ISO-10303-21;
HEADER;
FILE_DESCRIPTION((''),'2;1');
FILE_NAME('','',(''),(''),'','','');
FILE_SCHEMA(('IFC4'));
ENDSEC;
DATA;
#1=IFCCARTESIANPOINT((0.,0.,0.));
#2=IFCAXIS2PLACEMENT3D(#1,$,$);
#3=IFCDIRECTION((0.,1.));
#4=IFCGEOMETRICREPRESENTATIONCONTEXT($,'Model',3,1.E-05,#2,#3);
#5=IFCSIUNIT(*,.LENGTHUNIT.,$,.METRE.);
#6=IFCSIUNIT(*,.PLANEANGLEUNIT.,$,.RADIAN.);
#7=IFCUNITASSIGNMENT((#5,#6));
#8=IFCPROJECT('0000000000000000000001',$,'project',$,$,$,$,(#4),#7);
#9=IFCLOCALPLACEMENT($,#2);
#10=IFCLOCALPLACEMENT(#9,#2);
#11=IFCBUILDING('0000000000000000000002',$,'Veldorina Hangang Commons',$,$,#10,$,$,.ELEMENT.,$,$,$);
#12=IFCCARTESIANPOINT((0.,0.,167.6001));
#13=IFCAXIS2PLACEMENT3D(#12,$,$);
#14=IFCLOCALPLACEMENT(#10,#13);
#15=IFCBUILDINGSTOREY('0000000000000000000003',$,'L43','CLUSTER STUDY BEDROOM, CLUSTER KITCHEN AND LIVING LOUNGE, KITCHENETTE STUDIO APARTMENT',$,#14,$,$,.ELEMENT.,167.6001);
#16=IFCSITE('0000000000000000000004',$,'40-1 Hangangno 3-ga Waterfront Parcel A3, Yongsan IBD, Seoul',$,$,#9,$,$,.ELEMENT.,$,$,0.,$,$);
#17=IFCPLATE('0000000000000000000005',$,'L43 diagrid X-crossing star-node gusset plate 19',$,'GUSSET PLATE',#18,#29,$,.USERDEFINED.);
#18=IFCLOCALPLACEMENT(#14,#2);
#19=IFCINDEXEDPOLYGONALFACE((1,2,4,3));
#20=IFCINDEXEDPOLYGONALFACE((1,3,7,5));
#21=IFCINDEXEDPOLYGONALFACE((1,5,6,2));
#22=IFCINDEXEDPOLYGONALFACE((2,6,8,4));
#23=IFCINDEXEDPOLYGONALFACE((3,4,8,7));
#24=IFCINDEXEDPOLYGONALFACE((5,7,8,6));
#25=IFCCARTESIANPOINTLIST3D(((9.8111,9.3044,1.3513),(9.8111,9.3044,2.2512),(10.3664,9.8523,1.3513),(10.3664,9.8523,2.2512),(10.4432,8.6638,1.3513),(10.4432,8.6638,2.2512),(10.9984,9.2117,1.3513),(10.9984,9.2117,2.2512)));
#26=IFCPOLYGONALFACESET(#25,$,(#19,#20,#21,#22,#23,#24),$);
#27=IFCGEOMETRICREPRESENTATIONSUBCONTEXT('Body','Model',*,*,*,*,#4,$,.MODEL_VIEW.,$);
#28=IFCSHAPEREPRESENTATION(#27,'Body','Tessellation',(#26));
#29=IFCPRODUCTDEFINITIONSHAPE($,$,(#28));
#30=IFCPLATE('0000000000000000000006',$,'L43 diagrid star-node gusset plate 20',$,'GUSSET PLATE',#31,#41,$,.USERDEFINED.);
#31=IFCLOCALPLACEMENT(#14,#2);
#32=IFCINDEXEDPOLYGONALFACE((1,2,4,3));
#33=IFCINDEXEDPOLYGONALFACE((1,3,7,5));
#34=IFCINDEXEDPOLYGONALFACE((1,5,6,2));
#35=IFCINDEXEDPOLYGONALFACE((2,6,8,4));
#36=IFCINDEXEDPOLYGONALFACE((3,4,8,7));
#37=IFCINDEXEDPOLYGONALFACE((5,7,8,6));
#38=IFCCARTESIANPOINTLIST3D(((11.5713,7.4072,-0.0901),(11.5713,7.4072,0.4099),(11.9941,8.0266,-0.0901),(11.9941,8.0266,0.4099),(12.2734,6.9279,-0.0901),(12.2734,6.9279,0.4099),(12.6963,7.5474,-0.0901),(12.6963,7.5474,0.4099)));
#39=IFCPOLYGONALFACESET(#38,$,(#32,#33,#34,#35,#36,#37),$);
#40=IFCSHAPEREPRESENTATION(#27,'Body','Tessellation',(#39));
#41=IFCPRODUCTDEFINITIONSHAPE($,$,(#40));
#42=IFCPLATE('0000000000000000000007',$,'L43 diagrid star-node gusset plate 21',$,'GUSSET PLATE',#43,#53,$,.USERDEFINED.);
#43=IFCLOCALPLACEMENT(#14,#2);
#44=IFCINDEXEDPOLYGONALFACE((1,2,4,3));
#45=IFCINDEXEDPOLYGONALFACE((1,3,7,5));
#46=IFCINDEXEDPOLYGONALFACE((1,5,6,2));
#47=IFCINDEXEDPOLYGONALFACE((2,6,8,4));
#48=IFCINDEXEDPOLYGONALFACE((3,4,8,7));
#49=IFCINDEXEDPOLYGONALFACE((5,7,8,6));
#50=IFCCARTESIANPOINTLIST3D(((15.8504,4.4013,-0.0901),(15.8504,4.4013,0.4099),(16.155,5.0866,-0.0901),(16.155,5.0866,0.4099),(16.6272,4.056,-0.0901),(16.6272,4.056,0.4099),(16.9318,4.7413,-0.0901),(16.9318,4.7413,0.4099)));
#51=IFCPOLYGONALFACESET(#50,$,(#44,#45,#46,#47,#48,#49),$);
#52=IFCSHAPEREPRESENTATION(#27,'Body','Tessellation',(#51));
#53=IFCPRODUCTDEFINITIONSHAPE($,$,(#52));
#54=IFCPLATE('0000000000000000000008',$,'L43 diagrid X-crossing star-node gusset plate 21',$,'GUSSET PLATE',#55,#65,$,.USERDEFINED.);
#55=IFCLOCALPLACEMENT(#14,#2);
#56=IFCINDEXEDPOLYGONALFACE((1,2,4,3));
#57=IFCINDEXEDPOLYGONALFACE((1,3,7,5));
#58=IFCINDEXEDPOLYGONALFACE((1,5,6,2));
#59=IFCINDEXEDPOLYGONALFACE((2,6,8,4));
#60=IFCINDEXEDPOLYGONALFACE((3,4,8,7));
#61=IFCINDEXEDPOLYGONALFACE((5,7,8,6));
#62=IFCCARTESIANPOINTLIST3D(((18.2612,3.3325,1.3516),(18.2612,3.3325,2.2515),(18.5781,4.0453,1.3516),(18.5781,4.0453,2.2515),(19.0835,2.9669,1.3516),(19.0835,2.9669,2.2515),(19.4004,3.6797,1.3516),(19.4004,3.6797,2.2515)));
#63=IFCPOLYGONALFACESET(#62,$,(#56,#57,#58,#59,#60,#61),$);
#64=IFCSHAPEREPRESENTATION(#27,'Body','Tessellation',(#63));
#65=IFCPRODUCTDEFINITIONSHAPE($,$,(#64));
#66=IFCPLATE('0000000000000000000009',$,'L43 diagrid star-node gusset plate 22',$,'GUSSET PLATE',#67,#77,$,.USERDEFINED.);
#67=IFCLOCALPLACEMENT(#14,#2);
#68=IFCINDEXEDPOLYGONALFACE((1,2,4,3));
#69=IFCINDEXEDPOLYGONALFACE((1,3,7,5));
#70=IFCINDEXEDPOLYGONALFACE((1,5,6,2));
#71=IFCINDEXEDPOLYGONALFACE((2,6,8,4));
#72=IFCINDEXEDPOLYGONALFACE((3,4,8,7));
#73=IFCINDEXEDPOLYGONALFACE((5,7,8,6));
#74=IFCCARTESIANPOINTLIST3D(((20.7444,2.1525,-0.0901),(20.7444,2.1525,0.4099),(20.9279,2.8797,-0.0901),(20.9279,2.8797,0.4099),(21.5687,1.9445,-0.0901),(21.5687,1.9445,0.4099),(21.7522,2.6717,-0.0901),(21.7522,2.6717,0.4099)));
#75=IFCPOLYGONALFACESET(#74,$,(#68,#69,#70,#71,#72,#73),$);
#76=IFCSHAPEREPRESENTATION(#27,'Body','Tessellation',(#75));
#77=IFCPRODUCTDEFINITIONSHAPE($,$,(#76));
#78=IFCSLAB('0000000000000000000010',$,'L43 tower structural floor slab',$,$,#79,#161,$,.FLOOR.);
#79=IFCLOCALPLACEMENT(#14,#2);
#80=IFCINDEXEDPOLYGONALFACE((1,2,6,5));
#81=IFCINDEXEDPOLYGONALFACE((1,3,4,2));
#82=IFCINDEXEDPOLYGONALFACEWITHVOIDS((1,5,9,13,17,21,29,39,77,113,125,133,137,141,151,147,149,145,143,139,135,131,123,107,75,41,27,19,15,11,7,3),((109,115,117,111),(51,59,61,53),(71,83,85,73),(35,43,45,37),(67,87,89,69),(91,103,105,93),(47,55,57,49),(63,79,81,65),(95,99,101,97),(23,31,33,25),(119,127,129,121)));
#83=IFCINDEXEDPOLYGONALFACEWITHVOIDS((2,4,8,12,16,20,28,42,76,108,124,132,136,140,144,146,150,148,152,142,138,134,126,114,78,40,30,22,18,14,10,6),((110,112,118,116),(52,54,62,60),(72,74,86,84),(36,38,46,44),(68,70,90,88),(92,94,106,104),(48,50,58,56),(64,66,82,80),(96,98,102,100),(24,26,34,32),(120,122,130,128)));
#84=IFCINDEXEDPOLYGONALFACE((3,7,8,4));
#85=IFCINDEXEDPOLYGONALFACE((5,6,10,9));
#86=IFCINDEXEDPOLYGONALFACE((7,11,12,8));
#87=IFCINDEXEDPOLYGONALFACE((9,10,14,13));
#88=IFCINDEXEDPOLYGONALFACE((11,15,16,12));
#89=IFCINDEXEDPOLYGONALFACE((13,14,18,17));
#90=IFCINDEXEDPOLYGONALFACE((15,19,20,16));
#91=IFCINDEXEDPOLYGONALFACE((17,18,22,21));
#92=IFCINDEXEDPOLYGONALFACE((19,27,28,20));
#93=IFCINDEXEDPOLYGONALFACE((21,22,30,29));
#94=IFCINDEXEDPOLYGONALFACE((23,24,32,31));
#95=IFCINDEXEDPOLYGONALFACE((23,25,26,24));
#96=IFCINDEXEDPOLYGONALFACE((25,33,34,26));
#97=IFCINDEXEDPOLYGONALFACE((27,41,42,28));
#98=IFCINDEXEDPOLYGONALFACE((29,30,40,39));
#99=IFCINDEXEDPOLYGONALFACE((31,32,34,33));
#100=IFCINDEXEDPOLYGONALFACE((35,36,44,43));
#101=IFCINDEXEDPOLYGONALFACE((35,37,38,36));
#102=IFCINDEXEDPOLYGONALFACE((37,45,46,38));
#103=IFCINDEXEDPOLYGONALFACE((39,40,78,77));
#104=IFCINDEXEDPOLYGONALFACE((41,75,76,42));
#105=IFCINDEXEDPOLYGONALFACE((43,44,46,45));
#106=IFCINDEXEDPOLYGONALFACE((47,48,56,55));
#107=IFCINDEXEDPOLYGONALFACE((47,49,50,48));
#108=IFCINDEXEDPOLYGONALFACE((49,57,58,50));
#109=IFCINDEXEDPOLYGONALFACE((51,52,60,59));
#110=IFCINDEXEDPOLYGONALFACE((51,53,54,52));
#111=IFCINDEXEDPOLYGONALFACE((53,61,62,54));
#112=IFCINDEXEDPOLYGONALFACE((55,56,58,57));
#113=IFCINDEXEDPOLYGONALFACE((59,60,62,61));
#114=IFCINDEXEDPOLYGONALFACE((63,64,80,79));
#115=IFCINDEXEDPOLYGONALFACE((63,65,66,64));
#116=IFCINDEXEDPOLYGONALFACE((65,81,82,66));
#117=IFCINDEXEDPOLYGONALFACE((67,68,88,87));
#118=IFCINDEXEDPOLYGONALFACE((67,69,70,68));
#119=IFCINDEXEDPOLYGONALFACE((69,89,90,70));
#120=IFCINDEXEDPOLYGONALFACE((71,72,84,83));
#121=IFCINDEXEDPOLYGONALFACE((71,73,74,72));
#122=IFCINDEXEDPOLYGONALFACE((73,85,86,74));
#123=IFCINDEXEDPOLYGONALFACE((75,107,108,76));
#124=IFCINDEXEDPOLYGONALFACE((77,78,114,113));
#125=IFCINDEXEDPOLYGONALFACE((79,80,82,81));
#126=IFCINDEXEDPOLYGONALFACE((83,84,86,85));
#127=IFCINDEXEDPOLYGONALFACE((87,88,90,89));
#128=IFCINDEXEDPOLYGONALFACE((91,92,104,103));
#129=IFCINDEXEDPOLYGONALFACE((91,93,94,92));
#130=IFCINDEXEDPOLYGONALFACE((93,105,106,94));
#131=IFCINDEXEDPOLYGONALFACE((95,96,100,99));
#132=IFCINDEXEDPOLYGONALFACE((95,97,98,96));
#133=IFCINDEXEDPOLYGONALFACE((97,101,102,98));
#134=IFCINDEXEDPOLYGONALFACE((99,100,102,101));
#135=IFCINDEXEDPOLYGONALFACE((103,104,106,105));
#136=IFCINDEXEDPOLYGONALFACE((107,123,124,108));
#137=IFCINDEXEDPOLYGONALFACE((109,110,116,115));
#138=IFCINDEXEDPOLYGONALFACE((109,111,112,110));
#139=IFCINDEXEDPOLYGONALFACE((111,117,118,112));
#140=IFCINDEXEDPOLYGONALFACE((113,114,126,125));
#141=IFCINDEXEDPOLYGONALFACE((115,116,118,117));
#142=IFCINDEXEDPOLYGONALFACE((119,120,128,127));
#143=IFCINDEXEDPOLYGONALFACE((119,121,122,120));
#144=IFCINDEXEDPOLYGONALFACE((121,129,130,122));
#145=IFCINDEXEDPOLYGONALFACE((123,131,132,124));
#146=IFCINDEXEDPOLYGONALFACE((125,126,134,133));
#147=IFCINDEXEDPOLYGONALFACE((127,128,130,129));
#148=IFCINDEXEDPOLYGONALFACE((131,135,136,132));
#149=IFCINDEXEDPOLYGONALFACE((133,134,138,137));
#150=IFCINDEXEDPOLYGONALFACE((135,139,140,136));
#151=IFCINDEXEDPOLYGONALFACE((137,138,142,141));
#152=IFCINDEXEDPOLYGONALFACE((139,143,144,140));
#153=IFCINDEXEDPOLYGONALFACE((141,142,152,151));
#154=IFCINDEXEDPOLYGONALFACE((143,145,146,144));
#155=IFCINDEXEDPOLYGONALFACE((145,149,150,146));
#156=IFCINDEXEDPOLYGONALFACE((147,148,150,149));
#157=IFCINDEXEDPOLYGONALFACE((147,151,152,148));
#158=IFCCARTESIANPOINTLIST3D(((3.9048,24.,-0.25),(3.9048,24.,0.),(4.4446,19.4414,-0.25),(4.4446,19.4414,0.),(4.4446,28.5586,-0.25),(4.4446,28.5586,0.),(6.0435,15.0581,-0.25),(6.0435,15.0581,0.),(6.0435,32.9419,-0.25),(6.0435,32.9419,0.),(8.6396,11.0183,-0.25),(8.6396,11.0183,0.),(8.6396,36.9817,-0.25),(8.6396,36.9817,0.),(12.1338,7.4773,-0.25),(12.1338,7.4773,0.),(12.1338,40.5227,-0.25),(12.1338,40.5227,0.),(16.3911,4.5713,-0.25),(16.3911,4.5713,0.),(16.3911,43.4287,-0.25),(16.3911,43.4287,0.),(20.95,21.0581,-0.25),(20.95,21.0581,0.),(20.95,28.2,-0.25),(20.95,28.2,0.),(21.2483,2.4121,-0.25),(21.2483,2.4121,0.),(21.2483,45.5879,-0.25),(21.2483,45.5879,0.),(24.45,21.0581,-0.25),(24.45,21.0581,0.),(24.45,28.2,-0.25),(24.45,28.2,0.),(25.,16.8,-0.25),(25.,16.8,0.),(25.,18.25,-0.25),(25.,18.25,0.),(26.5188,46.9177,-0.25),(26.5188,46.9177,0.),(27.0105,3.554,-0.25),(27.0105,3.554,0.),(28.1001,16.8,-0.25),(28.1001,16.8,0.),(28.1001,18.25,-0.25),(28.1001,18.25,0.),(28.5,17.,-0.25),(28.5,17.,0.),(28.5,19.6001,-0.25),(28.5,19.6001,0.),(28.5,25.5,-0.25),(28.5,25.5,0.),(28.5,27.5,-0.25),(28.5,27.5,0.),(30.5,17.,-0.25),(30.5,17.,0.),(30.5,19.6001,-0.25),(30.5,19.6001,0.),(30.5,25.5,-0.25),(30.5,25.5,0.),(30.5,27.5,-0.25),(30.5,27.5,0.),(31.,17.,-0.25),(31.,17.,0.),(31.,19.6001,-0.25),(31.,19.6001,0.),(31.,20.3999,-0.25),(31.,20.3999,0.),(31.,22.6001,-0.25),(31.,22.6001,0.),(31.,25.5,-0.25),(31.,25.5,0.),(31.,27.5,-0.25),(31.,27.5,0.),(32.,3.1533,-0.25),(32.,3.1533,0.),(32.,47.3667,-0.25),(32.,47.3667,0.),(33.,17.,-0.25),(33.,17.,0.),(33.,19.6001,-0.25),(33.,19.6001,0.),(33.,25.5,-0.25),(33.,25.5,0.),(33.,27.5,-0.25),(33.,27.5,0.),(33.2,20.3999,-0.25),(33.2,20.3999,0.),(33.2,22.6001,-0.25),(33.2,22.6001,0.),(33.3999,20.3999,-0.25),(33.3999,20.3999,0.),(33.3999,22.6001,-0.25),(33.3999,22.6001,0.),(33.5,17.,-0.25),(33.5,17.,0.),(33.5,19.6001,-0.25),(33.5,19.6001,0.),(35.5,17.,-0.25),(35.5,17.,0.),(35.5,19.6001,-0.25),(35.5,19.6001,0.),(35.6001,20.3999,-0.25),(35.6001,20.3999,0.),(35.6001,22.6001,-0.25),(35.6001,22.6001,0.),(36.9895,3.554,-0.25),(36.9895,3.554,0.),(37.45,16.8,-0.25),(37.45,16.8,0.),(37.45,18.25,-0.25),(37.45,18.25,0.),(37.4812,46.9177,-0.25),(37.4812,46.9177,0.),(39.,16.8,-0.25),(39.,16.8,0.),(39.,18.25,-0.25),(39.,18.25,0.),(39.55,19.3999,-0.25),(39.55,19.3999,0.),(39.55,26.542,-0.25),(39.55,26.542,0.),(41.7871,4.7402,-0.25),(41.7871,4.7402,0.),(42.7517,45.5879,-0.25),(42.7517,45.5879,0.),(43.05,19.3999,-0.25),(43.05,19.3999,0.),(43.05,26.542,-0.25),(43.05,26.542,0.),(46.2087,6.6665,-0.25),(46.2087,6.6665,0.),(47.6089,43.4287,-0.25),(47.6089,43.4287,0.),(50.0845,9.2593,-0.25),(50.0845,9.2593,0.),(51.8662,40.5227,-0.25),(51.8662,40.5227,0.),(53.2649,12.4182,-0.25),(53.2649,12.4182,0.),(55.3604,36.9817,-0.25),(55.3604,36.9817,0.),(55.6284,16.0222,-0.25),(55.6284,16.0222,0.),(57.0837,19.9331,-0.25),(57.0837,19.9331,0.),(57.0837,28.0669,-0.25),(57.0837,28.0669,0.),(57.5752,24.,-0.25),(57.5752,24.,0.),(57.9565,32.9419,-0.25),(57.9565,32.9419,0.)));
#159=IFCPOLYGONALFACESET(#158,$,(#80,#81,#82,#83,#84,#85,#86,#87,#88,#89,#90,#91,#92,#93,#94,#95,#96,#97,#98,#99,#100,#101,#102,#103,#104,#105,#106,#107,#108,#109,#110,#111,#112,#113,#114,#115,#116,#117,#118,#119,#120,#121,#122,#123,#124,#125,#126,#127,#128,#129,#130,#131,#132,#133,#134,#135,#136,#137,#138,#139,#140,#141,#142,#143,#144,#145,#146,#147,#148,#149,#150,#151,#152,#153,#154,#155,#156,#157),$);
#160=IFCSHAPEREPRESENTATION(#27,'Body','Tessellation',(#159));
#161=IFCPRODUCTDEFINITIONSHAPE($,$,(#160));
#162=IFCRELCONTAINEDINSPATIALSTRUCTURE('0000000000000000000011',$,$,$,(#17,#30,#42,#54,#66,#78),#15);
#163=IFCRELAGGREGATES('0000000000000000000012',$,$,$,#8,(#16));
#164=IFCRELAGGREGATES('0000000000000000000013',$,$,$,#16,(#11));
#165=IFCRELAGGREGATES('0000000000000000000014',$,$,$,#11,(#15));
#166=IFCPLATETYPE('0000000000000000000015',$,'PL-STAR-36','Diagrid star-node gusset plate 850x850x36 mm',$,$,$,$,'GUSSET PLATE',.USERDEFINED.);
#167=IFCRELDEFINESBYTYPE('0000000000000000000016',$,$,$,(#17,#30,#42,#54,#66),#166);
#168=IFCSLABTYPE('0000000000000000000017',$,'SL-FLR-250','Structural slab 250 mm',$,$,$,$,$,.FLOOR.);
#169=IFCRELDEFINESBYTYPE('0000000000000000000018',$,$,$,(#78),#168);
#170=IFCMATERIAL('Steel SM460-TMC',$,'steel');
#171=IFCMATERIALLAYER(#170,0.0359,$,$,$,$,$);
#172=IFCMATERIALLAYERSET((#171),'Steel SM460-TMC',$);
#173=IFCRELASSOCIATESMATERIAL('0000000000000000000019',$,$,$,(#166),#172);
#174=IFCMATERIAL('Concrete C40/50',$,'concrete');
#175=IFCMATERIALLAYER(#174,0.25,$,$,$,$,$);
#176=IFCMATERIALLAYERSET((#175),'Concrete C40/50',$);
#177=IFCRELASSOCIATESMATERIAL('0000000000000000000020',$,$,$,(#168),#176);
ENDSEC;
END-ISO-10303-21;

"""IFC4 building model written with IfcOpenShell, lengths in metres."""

from ifc_helpers import new_model, si_unit, direction, frame, origin, origin_2d, place, context, subcontext, project, spatial, polyline, rectangle, outline, extrude, material, layer, layer_set, type_object, element, save


model = new_model("IFC4")

# Units and contexts
model_context = context("Model", 3, precision=1e-05, world=origin(), true_north=direction((0.0, 1.0)))
body_context = subcontext(model_context, "Body", "Model", "MODEL_VIEW")
ifc_project = project(units=[si_unit("LENGTHUNIT", "METRE"), si_unit("PLANEANGLEUNIT", "RADIAN")], contexts=[model_context])

# Site, building, storey
site_placement = place(None, origin())
site = spatial("IfcSite", under=ifc_project, at=site_placement, Name="40-1 Hangangno 3-ga Waterfront Parcel A3, Yongsan IBD, Seoul", CompositionType="ELEMENT", RefElevation=0.0)
building_placement = place(site_placement, origin())
building = spatial("IfcBuilding", under=site, at=building_placement, Name="Veldorina Hangang Commons", CompositionType="ELEMENT")
storey_placement = place(building_placement, frame((0.0, 0.0, 167.6001)))
storey = spatial("IfcBuildingStorey", under=building, at=storey_placement, Name="L43", Description="CLUSTER STUDY BEDROOM, CLUSTER KITCHEN AND LIVING LOUNGE, KITCHENETTE STUDIO APARTMENT", CompositionType="ELEMENT", Elevation=167.6001)

# Plates
ifc_material_1 = material(Name="Steel SM460-TMC", Category="steel")
ifc_layer_1 = layer(ifc_material_1, 0.0359)
ifc_layer_set_1 = layer_set([ifc_layer_1], Name="Steel SM460-TMC")
plate_type = type_object("IfcPlateType", Name="PL-STAR-36", Description="Diagrid star-node gusset plate 850x850x36 mm", ElementType="GUSSET PLATE", PredefinedType="USERDEFINED", material=ifc_layer_set_1)
plate_1_placement = place(storey_placement, frame((10.4048, 9.2581, 1.3513), z_axis=(0.0, 0.0, 1.0), x_axis=(0.702364, -0.711818, 0.0)))
element("IfcPlate", 1, at=plate_1_placement, inside=storey, type_object=plate_type, Name="L43 diagrid X-crossing star-node gusset plate 19", ObjectType="GUSSET PLATE", PredefinedType="USERDEFINED", context=body_context, shape_type="SweptSolid", body=[
    extrude(rectangle(XDim=0.8999, YDim=0.78, at=origin_2d()), origin(), (0.0, 0.0, 1.0), 0.8999),
])
for number, where, z_axis, x_axis, name in (
    (2, (12.1338, 7.4773, -0.0901), (0.0, 0.0, 1.0), (0.825941, -0.563757, 0.0), "L43 diagrid star-node gusset plate 20"),
    (3, (16.3911, 4.5713, -0.0901), (0.0, 0.0, 1.0), (0.91378, -0.40621, 0.0), "L43 diagrid star-node gusset plate 21"),
):
    element("IfcPlate", number, at=place(storey_placement, frame(where, z_axis=z_axis, x_axis=x_axis)), inside=storey, type_object=plate_type, Name=name, ObjectType="GUSSET PLATE", PredefinedType="USERDEFINED", context=body_context, shape_type="SweptSolid", body=[
        extrude(rectangle(XDim=0.8501, YDim=0.75, at=origin_2d()), origin(), (0.0, 0.0, 1.0), 0.5),
    ])
plate_2_placement = place(storey_placement, frame((18.8308, 3.5061, 1.3516), z_axis=(0.0, 0.0, 1.0), x_axis=(0.91378, -0.40621, 0.0)))
element("IfcPlate", 4, at=plate_2_placement, inside=storey, type_object=plate_type, Name="L43 diagrid X-crossing star-node gusset plate 21", ObjectType="GUSSET PLATE", PredefinedType="USERDEFINED", context=body_context, shape_type="SweptSolid", body=[
    extrude(rectangle(XDim=0.8999, YDim=0.78, at=origin_2d()), origin(), (0.0, 0.0, 1.0), 0.8999),
])
plate_3_placement = place(storey_placement, frame((21.2483, 2.4121, -0.0901), z_axis=(0.0, 0.0, 1.0), x_axis=(0.969616, -0.244631, 0.0)))
element("IfcPlate", 5, at=plate_3_placement, inside=storey, type_object=plate_type, Name="L43 diagrid star-node gusset plate 22", ObjectType="GUSSET PLATE", PredefinedType="USERDEFINED", context=body_context, shape_type="SweptSolid", body=[
    extrude(rectangle(XDim=0.8501, YDim=0.75, at=origin_2d()), origin(), (0.0, 0.0, 1.0), 0.5),
])

# Slab
ifc_material_2 = material(Name="Concrete C40/50", Category="concrete")
ifc_layer_2 = layer(ifc_material_2, 0.25)
ifc_layer_set_2 = layer_set([ifc_layer_2], Name="Concrete C40/50")
slab_type_1 = type_object("IfcSlabType", Name="SL-FLR-250", Description="Structural slab 250 mm", PredefinedType="FLOOR", material=ifc_layer_set_2)
slab_1_placement = place(storey_placement, frame((0.0, 0.0, -0.25)))
element("IfcSlab", 6, at=slab_1_placement, inside=storey, type_object=slab_type_1, Name="L43 tower structural floor slab", PredefinedType="FLOOR", context=body_context, shape_type="SweptSolid", body=[
    extrude(outline(polyline([(57.5752, 24.0), (57.0837, 28.0669), (57.9565, 32.9419), (55.3604, 36.9817), (51.8662, 40.5227), (47.6089, 43.4287), (42.7517, 45.5879), (37.4812, 46.9177), (32.0, 47.3667), (26.5188, 46.9177), (21.2483, 45.5879), (16.3911, 43.4287), (12.1338, 40.5227), (8.6396, 36.9817), (6.0435, 32.9419), (4.4446, 28.5586), (3.9048, 24.0), (4.4446, 19.4414), (6.0435, 15.0581), (8.6396, 11.0183), (12.1338, 7.4773), (16.3911, 4.5713), (21.2483, 2.4121), (27.0105, 3.554), (32.0, 3.1533), (36.9895, 3.554), (41.7871, 4.7402), (46.2087, 6.6665), (50.0845, 9.2593), (53.2649, 12.4182), (55.6284, 16.0222), (57.0837, 19.9331), (57.5752, 24.0)]), holes=[polyline([(20.95, 21.0581), (20.95, 28.2), (24.45, 28.2), (24.45, 21.0581), (20.95, 21.0581)]), polyline([(43.05, 26.542), (43.05, 19.3999), (39.55, 19.3999), (39.55, 26.542), (43.05, 26.542)]), polyline([(28.5, 27.5), (30.5, 27.5), (30.5, 25.5), (28.5, 25.5), (28.5, 27.5)]), polyline([(31.0, 27.5), (33.0, 27.5), (33.0, 25.5), (31.0, 25.5), (31.0, 27.5)]), polyline([(31.0, 22.6001), (33.2, 22.6001), (33.2, 20.3999), (31.0, 20.3999), (31.0, 22.6001)]), polyline([(33.3999, 22.6001), (35.6001, 22.6001), (35.6001, 20.3999), (33.3999, 20.3999), (33.3999, 22.6001)]), polyline([(28.5, 19.6001), (30.5, 19.6001), (30.5, 17.0), (28.5, 17.0), (28.5, 19.6001)]), polyline([(31.0, 19.6001), (33.0, 19.6001), (33.0, 17.0), (31.0, 17.0), (31.0, 19.6001)]), polyline([(33.5, 19.6001), (35.5, 19.6001), (35.5, 17.0), (33.5, 17.0), (33.5, 19.6001)]), polyline([(25.0, 18.25), (28.1001, 18.25), (28.1001, 16.8), (25.0, 16.8), (25.0, 18.25)]), polyline([(37.45, 18.25), (39.0, 18.25), (39.0, 16.8), (37.45, 16.8), (37.45, 18.25)])]), origin(), (0.0, 0.0, 1.0), 0.25),
])

save(model, "model.ifc")
